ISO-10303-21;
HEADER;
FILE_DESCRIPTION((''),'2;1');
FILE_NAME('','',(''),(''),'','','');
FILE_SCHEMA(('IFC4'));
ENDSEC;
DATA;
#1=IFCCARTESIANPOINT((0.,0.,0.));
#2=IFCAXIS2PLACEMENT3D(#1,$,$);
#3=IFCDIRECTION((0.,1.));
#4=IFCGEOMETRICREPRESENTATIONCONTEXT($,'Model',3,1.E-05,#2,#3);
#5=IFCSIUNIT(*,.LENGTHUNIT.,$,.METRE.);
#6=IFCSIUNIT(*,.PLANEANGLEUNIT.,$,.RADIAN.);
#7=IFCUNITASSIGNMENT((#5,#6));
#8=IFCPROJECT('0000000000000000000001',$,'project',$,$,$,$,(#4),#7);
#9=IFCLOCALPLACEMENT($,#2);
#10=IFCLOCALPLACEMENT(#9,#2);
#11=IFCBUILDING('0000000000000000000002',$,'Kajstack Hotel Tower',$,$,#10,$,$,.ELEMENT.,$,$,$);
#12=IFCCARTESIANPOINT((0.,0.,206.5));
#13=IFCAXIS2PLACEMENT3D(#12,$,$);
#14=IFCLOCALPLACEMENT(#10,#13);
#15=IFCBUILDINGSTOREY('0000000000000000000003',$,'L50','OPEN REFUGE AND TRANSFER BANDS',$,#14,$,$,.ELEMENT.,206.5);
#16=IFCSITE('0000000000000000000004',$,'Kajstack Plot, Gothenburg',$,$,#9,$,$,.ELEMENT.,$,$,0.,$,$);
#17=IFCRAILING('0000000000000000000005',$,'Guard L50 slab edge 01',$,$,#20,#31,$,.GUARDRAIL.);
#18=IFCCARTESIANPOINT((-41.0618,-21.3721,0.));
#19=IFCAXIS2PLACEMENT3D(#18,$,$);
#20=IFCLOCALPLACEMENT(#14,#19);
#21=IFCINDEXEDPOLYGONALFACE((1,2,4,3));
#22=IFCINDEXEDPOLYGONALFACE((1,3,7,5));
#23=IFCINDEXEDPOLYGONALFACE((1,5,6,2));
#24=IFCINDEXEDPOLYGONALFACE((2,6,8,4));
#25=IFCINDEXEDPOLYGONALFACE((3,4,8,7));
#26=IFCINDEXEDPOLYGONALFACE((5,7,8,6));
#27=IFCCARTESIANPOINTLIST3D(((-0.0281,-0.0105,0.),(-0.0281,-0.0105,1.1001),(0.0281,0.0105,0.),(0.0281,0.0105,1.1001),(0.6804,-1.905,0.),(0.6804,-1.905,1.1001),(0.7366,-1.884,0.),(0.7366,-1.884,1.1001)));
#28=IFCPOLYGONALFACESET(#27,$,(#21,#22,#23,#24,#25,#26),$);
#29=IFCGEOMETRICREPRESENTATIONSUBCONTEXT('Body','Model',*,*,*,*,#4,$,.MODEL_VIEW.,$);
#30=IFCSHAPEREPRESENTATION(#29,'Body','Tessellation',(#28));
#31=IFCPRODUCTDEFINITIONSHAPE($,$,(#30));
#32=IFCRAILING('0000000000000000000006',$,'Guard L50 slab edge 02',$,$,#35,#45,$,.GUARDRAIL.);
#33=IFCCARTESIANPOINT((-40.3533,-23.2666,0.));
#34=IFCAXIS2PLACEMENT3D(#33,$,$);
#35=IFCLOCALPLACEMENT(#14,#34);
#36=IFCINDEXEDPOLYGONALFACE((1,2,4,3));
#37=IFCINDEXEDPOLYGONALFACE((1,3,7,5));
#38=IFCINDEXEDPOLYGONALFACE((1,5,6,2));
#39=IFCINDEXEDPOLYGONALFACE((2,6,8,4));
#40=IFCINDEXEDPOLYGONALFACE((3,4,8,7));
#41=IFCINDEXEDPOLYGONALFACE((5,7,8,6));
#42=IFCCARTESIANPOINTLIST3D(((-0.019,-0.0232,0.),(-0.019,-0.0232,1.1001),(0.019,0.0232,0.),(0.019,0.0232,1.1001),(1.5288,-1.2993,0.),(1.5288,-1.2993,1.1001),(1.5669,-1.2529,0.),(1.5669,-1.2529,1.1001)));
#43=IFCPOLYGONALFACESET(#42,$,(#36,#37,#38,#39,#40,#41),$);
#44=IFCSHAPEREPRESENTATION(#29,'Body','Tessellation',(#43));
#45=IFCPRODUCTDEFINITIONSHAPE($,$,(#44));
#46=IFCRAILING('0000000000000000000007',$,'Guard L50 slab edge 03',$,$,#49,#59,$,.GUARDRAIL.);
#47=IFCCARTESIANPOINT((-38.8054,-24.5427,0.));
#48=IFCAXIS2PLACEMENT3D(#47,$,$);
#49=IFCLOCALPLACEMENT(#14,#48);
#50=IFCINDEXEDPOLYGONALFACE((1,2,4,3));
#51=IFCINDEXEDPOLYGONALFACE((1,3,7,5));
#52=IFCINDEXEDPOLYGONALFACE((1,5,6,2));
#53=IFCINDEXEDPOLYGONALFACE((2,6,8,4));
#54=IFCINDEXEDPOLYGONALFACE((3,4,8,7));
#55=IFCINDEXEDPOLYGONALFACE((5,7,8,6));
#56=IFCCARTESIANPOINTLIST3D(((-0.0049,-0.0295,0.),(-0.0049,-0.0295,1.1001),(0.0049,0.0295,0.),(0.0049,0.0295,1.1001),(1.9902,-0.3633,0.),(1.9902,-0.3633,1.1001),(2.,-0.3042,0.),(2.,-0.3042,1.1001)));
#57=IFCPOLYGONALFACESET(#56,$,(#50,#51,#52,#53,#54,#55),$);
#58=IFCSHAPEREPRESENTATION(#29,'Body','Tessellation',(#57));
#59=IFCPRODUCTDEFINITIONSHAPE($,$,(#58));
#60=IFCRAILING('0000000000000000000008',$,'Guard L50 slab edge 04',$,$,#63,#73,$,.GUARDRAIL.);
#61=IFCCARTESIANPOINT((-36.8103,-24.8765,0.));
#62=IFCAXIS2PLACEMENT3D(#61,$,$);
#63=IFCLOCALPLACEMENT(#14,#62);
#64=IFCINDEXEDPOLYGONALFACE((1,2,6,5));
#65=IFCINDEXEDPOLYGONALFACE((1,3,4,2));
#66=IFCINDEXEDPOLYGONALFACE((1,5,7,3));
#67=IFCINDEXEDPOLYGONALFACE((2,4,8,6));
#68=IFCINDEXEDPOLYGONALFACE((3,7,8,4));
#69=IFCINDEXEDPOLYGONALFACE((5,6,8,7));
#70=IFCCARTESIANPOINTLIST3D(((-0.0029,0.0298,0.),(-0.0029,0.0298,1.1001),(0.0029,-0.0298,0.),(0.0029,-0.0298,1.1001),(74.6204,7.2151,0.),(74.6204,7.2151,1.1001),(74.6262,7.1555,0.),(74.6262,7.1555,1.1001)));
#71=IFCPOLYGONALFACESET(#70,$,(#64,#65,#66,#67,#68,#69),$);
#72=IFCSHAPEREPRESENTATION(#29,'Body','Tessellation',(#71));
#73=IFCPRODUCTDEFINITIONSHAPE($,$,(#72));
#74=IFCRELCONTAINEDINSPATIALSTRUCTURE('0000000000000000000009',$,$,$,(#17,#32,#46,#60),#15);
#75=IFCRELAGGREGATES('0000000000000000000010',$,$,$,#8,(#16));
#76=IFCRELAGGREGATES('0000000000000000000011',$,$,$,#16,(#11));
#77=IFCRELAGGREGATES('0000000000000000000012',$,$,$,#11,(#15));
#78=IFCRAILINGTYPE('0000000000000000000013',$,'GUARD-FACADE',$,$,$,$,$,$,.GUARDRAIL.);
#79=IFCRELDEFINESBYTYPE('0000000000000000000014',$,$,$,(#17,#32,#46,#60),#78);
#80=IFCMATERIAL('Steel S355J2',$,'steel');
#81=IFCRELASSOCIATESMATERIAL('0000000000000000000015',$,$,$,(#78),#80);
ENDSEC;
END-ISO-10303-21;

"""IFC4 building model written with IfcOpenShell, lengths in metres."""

from ifc_helpers import new_model, si_unit, direction, frame, origin, place, context, subcontext, project, spatial, polyline, outline, extrude, material, type_object, element, save


model = new_model("IFC4")

# Units and contexts
model_context = context("Model", 3, precision=1e-05, world=origin(), true_north=direction((0.0, 1.0)))
body_context = subcontext(model_context, "Body", "Model", "MODEL_VIEW")
ifc_project = project(units=[si_unit("LENGTHUNIT", "METRE"), si_unit("PLANEANGLEUNIT", "RADIAN")], contexts=[model_context])

# Site, building, storey
site_placement = place(None, origin())
site = spatial("IfcSite", under=ifc_project, at=site_placement, Name="Kajstack Plot, Gothenburg", CompositionType="ELEMENT", RefElevation=0.0)
building_placement = place(site_placement, origin())
building = spatial("IfcBuilding", under=site, at=building_placement, Name="Kajstack Hotel Tower", CompositionType="ELEMENT")
storey_placement = place(building_placement, frame((0.0, 0.0, 206.5)))
storey = spatial("IfcBuildingStorey", under=building, at=storey_placement, Name="L50", Description="OPEN REFUGE AND TRANSFER BANDS", CompositionType="ELEMENT", Elevation=206.5)

# Railings
ifc_material_1 = material(Name="Steel S355J2", Category="steel")
railing_type_1 = type_object("IfcRailingType", Name="GUARD-FACADE", PredefinedType="GUARDRAIL", material=ifc_material_1)
railing_1_placement = place(storey_placement, frame((-41.0618, -21.3721, 0.0)))
element("IfcRailing", 1, at=railing_1_placement, inside=storey, type_object=railing_type_1, Name="Guard L50 slab edge 01", PredefinedType="GUARDRAIL", context=body_context, shape_type="SweptSolid", body=[
    extrude(outline(polyline([(0.7366, -1.884), (0.6804, -1.905), (-0.0281, -0.0105), (0.0281, 0.0105), (0.7366, -1.884)])), origin(), (0.0, 0.0, 1.0), 1.1001),
])
railing_2_placement = place(storey_placement, frame((-40.3533, -23.2666, 0.0)))
element("IfcRailing", 2, at=railing_2_placement, inside=storey, type_object=railing_type_1, Name="Guard L50 slab edge 02", PredefinedType="GUARDRAIL", context=body_context, shape_type="SweptSolid", body=[
    extrude(outline(polyline([(1.5669, -1.2529), (1.5288, -1.2993), (-0.019, -0.0232), (0.019, 0.0232), (1.5669, -1.2529)])), origin(), (0.0, 0.0, 1.0), 1.1001),
])
railing_3_placement = place(storey_placement, frame((-38.8054, -24.5427, 0.0)))
element("IfcRailing", 3, at=railing_3_placement, inside=storey, type_object=railing_type_1, Name="Guard L50 slab edge 03", PredefinedType="GUARDRAIL", context=body_context, shape_type="SweptSolid", body=[
    extrude(outline(polyline([(2.0, -0.3042), (1.9902, -0.3633), (-0.0049, -0.0295), (0.0049, 0.0295), (2.0, -0.3042)])), origin(), (0.0, 0.0, 1.0), 1.1001),
])
railing_4_placement = place(storey_placement, frame((-36.8103, -24.8765, 0.0)))
element("IfcRailing", 4, at=railing_4_placement, inside=storey, type_object=railing_type_1, Name="Guard L50 slab edge 04", PredefinedType="GUARDRAIL", context=body_context, shape_type="SweptSolid", body=[
    extrude(outline(polyline([(74.6204, 7.2151), (74.6262, 7.1555), (0.0029, -0.0298), (-0.0029, 0.0298), (74.6204, 7.2151)])), origin(), (0.0, 0.0, 1.0), 1.1001),
])

save(model, "model.ifc")
